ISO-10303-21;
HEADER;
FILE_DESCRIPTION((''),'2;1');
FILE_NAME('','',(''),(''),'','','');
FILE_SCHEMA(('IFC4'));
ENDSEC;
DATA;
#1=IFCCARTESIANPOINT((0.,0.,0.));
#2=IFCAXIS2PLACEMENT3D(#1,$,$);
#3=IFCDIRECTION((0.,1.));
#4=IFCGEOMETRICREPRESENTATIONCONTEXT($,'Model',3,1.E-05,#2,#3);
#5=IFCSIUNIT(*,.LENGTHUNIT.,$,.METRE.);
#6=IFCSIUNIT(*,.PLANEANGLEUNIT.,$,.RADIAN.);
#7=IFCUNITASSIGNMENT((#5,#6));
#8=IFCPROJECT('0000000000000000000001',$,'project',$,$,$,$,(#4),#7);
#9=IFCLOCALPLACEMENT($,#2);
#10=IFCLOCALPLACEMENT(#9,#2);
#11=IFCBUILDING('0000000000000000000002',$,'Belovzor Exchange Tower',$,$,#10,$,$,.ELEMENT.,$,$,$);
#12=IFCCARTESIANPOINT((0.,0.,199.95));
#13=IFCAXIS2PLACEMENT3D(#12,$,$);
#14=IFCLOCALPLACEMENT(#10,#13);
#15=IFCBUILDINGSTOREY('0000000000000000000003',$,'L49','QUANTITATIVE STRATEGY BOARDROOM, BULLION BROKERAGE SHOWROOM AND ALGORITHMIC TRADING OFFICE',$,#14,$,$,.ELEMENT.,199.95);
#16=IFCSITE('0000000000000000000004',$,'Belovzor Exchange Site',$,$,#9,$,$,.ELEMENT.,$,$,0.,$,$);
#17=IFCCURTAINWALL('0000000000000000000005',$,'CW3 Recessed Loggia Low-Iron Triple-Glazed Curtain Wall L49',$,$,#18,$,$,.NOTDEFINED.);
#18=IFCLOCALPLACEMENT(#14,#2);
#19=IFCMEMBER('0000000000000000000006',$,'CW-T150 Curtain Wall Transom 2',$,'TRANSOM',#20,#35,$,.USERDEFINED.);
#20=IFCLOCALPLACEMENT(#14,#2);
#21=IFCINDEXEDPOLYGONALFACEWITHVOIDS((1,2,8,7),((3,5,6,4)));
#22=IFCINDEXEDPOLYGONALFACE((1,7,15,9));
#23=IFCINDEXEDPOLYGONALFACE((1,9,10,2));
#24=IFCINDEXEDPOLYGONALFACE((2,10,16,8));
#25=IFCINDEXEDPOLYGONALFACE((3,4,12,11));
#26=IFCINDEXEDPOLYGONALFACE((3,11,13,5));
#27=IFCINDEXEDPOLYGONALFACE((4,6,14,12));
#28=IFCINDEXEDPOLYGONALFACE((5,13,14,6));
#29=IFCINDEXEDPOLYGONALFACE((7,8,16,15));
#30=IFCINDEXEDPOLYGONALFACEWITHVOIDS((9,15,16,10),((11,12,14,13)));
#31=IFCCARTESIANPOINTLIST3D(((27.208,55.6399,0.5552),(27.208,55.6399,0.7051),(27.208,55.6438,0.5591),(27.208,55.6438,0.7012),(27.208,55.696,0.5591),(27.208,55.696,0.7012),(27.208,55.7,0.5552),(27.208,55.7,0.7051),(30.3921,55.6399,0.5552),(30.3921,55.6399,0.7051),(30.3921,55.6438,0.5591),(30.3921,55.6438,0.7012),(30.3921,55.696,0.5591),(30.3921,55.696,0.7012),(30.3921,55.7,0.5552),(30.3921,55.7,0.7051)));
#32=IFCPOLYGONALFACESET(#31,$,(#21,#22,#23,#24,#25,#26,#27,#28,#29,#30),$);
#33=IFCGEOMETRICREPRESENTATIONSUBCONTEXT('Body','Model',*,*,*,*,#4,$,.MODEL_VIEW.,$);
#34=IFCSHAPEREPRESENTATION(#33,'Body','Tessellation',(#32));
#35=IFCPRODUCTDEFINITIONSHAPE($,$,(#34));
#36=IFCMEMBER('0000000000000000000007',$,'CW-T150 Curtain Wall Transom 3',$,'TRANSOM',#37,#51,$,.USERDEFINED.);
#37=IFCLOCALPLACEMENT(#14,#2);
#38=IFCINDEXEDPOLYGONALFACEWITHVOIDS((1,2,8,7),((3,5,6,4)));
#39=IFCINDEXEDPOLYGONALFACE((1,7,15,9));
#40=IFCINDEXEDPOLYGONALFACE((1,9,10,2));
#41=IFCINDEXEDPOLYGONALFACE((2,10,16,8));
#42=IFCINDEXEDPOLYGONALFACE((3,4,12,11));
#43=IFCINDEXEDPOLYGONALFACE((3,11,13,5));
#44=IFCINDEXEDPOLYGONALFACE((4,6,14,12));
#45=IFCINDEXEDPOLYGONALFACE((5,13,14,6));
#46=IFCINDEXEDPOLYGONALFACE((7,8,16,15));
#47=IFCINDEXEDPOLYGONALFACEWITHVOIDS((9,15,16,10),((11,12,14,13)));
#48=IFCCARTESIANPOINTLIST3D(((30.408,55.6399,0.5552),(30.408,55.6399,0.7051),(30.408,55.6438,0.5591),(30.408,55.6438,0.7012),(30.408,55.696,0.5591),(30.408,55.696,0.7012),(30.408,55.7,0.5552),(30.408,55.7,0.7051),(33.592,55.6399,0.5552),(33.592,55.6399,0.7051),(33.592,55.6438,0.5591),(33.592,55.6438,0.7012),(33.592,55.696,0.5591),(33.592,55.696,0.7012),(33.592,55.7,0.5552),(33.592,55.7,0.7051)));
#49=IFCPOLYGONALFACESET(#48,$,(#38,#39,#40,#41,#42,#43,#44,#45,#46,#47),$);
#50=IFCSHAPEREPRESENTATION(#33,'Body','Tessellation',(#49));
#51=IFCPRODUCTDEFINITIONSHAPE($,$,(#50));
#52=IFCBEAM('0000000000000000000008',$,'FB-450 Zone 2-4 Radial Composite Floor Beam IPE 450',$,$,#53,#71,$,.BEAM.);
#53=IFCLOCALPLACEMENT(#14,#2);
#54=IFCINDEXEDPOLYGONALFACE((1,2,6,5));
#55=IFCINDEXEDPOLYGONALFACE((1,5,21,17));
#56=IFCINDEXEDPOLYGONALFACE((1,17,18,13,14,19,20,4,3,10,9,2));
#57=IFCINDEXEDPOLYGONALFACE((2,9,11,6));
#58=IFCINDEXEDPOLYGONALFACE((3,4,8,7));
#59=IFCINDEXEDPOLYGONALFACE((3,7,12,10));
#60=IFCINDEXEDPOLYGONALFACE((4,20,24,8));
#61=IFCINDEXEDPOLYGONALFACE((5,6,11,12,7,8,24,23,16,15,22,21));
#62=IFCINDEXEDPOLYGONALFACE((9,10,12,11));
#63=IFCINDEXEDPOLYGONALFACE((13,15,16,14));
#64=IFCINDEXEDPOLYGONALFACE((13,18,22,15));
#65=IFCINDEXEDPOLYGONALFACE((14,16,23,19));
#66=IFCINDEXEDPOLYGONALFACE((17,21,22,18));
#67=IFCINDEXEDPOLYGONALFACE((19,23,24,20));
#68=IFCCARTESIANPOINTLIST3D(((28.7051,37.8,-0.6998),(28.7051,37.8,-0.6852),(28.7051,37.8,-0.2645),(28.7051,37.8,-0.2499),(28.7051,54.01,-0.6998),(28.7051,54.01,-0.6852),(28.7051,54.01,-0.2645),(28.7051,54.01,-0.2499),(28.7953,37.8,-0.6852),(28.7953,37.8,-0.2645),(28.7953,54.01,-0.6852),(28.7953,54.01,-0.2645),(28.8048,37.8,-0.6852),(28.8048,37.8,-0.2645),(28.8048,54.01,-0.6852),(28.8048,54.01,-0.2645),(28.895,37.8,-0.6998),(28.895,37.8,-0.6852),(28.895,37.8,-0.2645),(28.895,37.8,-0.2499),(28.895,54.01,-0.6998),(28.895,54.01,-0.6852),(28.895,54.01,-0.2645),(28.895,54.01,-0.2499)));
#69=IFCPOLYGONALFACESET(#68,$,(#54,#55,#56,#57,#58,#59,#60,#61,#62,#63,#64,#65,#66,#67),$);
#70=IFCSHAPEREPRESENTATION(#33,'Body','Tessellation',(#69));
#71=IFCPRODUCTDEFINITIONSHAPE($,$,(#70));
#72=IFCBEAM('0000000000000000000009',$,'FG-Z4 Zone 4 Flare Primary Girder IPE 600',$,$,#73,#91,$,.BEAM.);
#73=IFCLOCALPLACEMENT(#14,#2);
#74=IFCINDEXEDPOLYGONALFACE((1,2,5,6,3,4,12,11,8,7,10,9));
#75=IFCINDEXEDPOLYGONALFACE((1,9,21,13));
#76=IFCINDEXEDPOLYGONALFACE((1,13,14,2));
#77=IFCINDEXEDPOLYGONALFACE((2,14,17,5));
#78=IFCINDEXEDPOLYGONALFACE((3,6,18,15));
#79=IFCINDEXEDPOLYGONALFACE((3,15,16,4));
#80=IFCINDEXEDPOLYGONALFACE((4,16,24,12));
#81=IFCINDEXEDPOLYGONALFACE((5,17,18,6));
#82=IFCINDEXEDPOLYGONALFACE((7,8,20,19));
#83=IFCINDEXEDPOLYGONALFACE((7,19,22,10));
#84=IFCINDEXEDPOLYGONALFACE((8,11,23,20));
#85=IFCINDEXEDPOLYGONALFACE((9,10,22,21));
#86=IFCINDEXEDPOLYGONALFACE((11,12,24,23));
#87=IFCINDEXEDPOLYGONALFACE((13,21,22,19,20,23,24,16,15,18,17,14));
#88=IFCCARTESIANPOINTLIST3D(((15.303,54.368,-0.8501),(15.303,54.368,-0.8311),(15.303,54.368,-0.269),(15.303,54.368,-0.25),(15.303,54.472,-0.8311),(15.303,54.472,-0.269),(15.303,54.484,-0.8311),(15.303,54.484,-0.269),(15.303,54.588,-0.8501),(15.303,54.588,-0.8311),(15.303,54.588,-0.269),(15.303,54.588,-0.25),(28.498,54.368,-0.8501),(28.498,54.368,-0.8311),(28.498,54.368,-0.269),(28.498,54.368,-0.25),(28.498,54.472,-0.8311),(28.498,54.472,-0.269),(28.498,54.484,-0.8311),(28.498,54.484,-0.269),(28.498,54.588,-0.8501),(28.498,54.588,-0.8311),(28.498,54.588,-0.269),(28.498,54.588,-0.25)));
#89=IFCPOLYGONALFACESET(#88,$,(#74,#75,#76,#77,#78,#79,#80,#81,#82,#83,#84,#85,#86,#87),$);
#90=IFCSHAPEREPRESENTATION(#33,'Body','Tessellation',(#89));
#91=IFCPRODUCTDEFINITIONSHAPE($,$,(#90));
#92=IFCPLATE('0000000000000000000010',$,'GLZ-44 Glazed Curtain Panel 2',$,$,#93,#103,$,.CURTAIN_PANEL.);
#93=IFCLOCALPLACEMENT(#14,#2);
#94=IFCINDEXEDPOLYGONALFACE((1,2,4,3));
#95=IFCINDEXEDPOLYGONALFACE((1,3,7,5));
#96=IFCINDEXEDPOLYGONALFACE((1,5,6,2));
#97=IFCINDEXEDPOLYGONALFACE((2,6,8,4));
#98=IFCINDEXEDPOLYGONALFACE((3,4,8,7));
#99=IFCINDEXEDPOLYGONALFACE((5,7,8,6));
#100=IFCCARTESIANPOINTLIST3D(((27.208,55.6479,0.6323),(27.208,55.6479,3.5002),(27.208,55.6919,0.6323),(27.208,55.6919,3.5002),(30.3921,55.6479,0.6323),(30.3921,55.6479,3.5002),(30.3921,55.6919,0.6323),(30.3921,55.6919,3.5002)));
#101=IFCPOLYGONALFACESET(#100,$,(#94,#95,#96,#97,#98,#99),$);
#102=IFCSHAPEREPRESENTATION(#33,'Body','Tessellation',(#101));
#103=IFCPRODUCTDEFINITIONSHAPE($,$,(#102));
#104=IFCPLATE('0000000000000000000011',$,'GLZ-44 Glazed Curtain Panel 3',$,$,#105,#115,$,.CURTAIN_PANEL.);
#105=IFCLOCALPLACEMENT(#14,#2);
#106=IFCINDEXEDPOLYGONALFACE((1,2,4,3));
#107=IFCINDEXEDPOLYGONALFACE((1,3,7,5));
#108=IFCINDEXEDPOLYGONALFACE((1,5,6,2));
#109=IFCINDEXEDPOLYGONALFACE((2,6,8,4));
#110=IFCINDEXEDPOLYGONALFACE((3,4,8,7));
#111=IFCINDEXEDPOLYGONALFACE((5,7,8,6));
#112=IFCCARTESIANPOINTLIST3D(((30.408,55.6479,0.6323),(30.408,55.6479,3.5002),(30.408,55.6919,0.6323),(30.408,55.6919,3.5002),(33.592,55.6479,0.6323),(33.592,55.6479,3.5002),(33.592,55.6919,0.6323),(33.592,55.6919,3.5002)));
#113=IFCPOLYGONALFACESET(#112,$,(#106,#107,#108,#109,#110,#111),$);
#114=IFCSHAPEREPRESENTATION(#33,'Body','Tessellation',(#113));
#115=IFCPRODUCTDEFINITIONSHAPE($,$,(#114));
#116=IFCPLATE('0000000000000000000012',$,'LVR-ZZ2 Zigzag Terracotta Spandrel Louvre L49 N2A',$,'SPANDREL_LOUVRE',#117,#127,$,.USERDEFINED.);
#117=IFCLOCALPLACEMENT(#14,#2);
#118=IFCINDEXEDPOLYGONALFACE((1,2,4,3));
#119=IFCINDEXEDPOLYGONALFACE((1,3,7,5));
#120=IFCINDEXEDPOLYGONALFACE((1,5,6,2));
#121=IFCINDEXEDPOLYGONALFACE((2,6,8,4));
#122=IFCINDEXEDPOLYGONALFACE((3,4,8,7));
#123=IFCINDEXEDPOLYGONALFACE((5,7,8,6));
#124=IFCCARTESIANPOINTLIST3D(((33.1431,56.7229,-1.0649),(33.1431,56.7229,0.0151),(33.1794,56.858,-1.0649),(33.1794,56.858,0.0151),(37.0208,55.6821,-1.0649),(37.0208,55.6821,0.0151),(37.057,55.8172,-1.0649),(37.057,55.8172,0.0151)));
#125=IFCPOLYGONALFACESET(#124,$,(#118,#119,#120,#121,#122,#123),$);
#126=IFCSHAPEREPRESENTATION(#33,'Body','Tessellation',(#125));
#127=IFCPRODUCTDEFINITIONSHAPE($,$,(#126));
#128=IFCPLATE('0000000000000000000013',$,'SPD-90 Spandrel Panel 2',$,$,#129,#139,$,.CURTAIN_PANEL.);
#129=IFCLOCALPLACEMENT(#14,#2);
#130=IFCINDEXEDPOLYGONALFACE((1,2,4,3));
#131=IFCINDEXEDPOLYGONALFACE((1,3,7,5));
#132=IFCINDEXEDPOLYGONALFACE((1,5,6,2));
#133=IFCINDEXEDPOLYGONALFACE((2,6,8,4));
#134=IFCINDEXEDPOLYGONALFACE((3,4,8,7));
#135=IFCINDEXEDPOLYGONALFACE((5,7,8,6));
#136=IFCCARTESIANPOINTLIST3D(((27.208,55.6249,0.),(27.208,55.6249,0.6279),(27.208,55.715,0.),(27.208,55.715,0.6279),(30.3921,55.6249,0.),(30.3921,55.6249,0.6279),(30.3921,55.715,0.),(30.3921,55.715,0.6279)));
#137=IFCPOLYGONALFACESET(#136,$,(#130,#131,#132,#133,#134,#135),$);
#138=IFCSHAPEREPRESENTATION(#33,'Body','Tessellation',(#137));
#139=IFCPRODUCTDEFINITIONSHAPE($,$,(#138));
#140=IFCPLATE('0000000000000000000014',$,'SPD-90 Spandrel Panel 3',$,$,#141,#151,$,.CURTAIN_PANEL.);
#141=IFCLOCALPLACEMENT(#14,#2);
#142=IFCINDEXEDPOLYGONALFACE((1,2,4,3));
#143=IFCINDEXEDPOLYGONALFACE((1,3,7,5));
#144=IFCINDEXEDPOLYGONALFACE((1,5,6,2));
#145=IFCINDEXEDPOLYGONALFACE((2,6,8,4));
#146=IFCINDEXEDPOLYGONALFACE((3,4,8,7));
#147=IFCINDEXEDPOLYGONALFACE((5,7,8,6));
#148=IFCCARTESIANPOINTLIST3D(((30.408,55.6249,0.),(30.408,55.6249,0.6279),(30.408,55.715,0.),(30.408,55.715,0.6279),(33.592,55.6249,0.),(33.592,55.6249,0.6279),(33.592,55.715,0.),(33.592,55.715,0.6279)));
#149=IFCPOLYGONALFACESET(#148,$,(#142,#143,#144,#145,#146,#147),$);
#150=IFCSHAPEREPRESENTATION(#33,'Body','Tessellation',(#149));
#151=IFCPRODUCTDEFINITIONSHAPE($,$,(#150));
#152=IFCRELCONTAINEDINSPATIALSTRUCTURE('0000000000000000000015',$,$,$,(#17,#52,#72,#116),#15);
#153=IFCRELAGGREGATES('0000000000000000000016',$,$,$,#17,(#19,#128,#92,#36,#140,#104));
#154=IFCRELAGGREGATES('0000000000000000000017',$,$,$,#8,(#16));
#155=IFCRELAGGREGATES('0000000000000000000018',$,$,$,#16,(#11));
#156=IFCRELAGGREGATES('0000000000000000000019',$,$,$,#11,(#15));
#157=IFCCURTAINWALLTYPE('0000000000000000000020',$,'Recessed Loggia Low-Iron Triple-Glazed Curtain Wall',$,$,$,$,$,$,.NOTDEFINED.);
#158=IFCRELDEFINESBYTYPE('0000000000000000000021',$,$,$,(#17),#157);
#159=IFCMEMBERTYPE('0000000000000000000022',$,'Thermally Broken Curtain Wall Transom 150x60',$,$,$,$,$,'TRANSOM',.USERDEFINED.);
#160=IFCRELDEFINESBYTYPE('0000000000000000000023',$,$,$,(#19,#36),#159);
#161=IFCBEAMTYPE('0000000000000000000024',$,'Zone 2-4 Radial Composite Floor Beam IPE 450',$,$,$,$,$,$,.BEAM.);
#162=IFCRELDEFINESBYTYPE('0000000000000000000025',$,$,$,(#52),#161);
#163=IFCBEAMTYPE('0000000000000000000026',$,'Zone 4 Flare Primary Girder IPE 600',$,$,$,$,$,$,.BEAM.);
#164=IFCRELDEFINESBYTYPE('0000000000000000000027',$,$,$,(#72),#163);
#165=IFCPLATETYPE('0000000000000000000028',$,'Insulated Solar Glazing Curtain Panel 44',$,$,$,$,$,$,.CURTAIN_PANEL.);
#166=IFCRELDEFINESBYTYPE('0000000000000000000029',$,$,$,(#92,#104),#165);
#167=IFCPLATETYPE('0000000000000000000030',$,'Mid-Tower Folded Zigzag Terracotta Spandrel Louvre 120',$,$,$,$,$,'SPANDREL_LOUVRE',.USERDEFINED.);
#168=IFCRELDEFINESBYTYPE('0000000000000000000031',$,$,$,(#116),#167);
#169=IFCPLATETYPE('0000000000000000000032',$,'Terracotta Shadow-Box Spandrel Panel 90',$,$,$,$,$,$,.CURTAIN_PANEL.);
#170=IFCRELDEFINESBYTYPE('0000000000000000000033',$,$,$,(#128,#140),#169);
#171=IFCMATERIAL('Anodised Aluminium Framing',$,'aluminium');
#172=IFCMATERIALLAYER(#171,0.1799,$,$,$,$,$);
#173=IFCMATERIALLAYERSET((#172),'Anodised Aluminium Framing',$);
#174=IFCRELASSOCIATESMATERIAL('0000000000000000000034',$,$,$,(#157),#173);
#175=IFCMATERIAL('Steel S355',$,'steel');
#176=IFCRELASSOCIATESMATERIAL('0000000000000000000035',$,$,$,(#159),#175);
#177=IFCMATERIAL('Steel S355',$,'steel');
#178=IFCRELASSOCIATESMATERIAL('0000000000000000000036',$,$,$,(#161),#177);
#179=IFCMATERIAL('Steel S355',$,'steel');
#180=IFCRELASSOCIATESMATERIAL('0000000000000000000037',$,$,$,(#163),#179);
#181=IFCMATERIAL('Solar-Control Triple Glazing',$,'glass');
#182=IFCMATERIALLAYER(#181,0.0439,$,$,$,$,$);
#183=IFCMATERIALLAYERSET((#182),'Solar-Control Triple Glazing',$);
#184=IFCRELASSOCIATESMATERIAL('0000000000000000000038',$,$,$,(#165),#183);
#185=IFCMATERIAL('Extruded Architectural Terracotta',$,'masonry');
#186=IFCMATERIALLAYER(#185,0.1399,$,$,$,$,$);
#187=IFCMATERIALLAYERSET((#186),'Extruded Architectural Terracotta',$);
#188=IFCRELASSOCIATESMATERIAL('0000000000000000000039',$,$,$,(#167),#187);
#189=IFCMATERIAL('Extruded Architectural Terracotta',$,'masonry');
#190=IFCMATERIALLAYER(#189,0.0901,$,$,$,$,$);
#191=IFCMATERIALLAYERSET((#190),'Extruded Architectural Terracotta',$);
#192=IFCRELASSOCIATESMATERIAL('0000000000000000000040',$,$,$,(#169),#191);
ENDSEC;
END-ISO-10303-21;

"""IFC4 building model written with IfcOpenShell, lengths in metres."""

from ifc_helpers import new_model, si_unit, direction, frame, origin, origin_2d, place, context, subcontext, project, spatial, rectangle, hollow_rectangle, i_section, extrude, material, layer, layer_set, material_profile, profile_set, type_object, element, aggregate, save


model = new_model("IFC4")

# Units and contexts
model_context = context("Model", 3, precision=1e-05, world=origin(), true_north=direction((0.0, 1.0)))
body_context = subcontext(model_context, "Body", "Model", "MODEL_VIEW")
ifc_project = project(units=[si_unit("LENGTHUNIT", "METRE"), si_unit("PLANEANGLEUNIT", "RADIAN")], contexts=[model_context])

# Site, building, storey
site_placement = place(None, origin())
site = spatial("IfcSite", under=ifc_project, at=site_placement, Name="Belovzor Exchange Site", CompositionType="ELEMENT", RefElevation=0.0)
building_placement = place(site_placement, origin())
building = spatial("IfcBuilding", under=site, at=building_placement, Name="Belovzor Exchange Tower", CompositionType="ELEMENT")
storey_placement = place(building_placement, frame((0.0, 0.0, 199.95)))
storey = spatial("IfcBuildingStorey", under=building, at=storey_placement, Name="L49", Description="QUANTITATIVE STRATEGY BOARDROOM, BULLION BROKERAGE SHOWROOM AND ALGORITHMIC TRADING OFFICE", CompositionType="ELEMENT", Elevation=199.95)

# Curtain wall, members
ifc_material_1 = material(Name="Anodised Aluminium Framing", Category="aluminium")
ifc_layer_1 = layer(ifc_material_1, 0.1799)
ifc_layer_set_1 = layer_set([ifc_layer_1], Name="Anodised Aluminium Framing")
curtain_wall_type = type_object("IfcCurtainWallType", Name="Recessed Loggia Low-Iron Triple-Glazed Curtain Wall", PredefinedType="NOTDEFINED", material=ifc_layer_set_1)
curtain_wall_placement = place(storey_placement, origin())
curtain_wall = element("IfcCurtainWall", 1, at=curtain_wall_placement, inside=storey, type_object=curtain_wall_type, Name="CW3 Recessed Loggia Low-Iron Triple-Glazed Curtain Wall L49", PredefinedType="NOTDEFINED")
ifc_material_2 = material(Name="Steel S355", Category="steel")
ifc_material_profile_1 = material_profile(ifc_material_2, hollow_rectangle(XDim=0.0601, YDim=0.1499, WallThickness=0.0039, at=origin_2d()))
ifc_profile_set_1 = profile_set([ifc_material_profile_1], Name="Steel S355")
member_type_1 = type_object("IfcMemberType", Name="Thermally Broken Curtain Wall Transom 150x60", ElementType="TRANSOM", PredefinedType="USERDEFINED", material=ifc_profile_set_1)
member_1_placement = place(storey_placement, frame((27.208, 55.6699, 0.6301), z_axis=(1.0, 0.0, 0.0), x_axis=(0.0, 1.0, 0.0)))
member_1 = element("IfcMember", 2, at=member_1_placement, type_object=member_type_1, Name="CW-T150 Curtain Wall Transom 2", ObjectType="TRANSOM", PredefinedType="USERDEFINED", context=body_context, shape_type="SweptSolid", body=[
    extrude(hollow_rectangle(XDim=0.0601, YDim=0.1499, WallThickness=0.0039, at=origin_2d()), origin(), (0.0, 0.0, 1.0), 3.1841),
])
member_2_placement = place(storey_placement, frame((30.408, 55.6699, 0.6301), z_axis=(1.0, 0.0, 0.0), x_axis=(0.0, 1.0, 0.0)))
member_2 = element("IfcMember", 3, at=member_2_placement, type_object=member_type_1, Name="CW-T150 Curtain Wall Transom 3", ObjectType="TRANSOM", PredefinedType="USERDEFINED", context=body_context, shape_type="SweptSolid", body=[
    extrude(hollow_rectangle(XDim=0.0601, YDim=0.1499, WallThickness=0.0039, at=origin_2d()), origin(), (0.0, 0.0, 1.0), 3.1841),
])

# Beams
ifc_material_3 = material(Name="Steel S355", Category="steel")
ifc_material_profile_2 = material_profile(ifc_material_3, i_section(OverallWidth=0.1899, OverallDepth=0.45, WebThickness=0.0095, FlangeThickness=0.0146, at=origin_2d()))
ifc_profile_set_2 = profile_set([ifc_material_profile_2], Name="Steel S355")
beam_type_1 = type_object("IfcBeamType", Name="Zone 2-4 Radial Composite Floor Beam IPE 450", PredefinedType="BEAM", material=ifc_profile_set_2)
beam_1_placement = place(storey_placement, frame((28.8, 37.8, -0.4749), z_axis=(0.0, 1.0, 0.0), x_axis=(-1.0, 0.0, 0.0)))
element("IfcBeam", 4, at=beam_1_placement, inside=storey, type_object=beam_type_1, Name="FB-450 Zone 2-4 Radial Composite Floor Beam IPE 450", PredefinedType="BEAM", context=body_context, shape_type="SweptSolid", body=[
    extrude(i_section(OverallWidth=0.1899, OverallDepth=0.45, WebThickness=0.0095, FlangeThickness=0.0146, at=origin_2d()), origin(), (0.0, 0.0, 1.0), 16.21),
])
ifc_material_4 = material(Name="Steel S355", Category="steel")
ifc_material_profile_3 = material_profile(ifc_material_4, i_section(OverallWidth=0.22, OverallDepth=0.6001, WebThickness=0.012, FlangeThickness=0.019, at=origin_2d()))
ifc_profile_set_3 = profile_set([ifc_material_profile_3], Name="Steel S355")
beam_type_2 = type_object("IfcBeamType", Name="Zone 4 Flare Primary Girder IPE 600", PredefinedType="BEAM", material=ifc_profile_set_3)
beam_2_placement = place(storey_placement, frame((28.498, 54.478, -0.55), z_axis=(-1.0, 0.0, 0.0), x_axis=(0.0, -1.0, 0.0)))
element("IfcBeam", 5, at=beam_2_placement, inside=storey, type_object=beam_type_2, Name="FG-Z4 Zone 4 Flare Primary Girder IPE 600", PredefinedType="BEAM", context=body_context, shape_type="SweptSolid", body=[
    extrude(i_section(OverallWidth=0.22, OverallDepth=0.6001, WebThickness=0.012, FlangeThickness=0.019, at=origin_2d()), origin(), (0.0, 0.0, 1.0), 13.1951),
])

# Plates
ifc_material_5 = material(Name="Solar-Control Triple Glazing", Category="glass")
ifc_layer_2 = layer(ifc_material_5, 0.0439)
ifc_layer_set_2 = layer_set([ifc_layer_2], Name="Solar-Control Triple Glazing")
plate_type_1 = type_object("IfcPlateType", Name="Insulated Solar Glazing Curtain Panel 44", PredefinedType="CURTAIN_PANEL", material=ifc_layer_set_2)
plate_1_placement = place(storey_placement, frame((28.8, 55.6699, 0.6323), z_axis=(0.0, 0.0, 1.0), x_axis=(1.0, 0.0, 0.0)))
plate_1 = element("IfcPlate", 6, at=plate_1_placement, type_object=plate_type_1, Name="GLZ-44 Glazed Curtain Panel 2", PredefinedType="CURTAIN_PANEL", context=body_context, shape_type="SweptSolid", body=[
    extrude(rectangle(XDim=3.1841, YDim=0.0439, at=origin_2d()), origin(), (0.0, 0.0, 1.0), 2.8679),
])
plate_2_placement = place(storey_placement, frame((32.0, 55.6699, 0.6323), z_axis=(0.0, 0.0, 1.0), x_axis=(1.0, 0.0, 0.0)))
plate_2 = element("IfcPlate", 7, at=plate_2_placement, type_object=plate_type_1, Name="GLZ-44 Glazed Curtain Panel 3", PredefinedType="CURTAIN_PANEL", context=body_context, shape_type="SweptSolid", body=[
    extrude(rectangle(XDim=3.1841, YDim=0.0439, at=origin_2d()), origin(), (0.0, 0.0, 1.0), 2.8679),
])
ifc_material_6 = material(Name="Extruded Architectural Terracotta", Category="masonry")
ifc_layer_3 = layer(ifc_material_6, 0.1399)
ifc_layer_set_3 = layer_set([ifc_layer_3], Name="Extruded Architectural Terracotta")
plate_type_2 = type_object("IfcPlateType", Name="Mid-Tower Folded Zigzag Terracotta Spandrel Louvre 120", ElementType="SPANDREL_LOUVRE", PredefinedType="USERDEFINED", material=ifc_layer_set_3)
plate_3_placement = place(storey_placement, frame((35.1001, 56.27, -1.0649), z_axis=(0.0, 0.0, 1.0), x_axis=(0.965813, -0.25924, 0.0)))
element("IfcPlate", 8, at=plate_3_placement, inside=storey, type_object=plate_type_2, Name="LVR-ZZ2 Zigzag Terracotta Spandrel Louvre L49 N2A", ObjectType="SPANDREL_LOUVRE", PredefinedType="USERDEFINED", context=body_context, shape_type="SweptSolid", body=[
    extrude(rectangle(XDim=4.0149, YDim=0.1399, at=origin_2d()), origin(), (0.0, 0.0, 1.0), 1.0801),
])
ifc_material_7 = material(Name="Extruded Architectural Terracotta", Category="masonry")
ifc_layer_4 = layer(ifc_material_7, 0.0901)
ifc_layer_set_4 = layer_set([ifc_layer_4], Name="Extruded Architectural Terracotta")
plate_type_3 = type_object("IfcPlateType", Name="Terracotta Shadow-Box Spandrel Panel 90", PredefinedType="CURTAIN_PANEL", material=ifc_layer_set_4)
plate_4_placement = place(storey_placement, frame((28.8, 55.6699, 0.0), z_axis=(0.0, 0.0, 1.0), x_axis=(1.0, 0.0, 0.0)))
plate_4 = element("IfcPlate", 9, at=plate_4_placement, type_object=plate_type_3, Name="SPD-90 Spandrel Panel 2", PredefinedType="CURTAIN_PANEL", context=body_context, shape_type="SweptSolid", body=[
    extrude(rectangle(XDim=3.1841, YDim=0.0901, at=origin_2d()), origin(), (0.0, 0.0, 1.0), 0.6279),
])
plate_5_placement = place(storey_placement, frame((32.0, 55.6699, 0.0), z_axis=(0.0, 0.0, 1.0), x_axis=(1.0, 0.0, 0.0)))
plate_5 = element("IfcPlate", 10, at=plate_5_placement, type_object=plate_type_3, Name="SPD-90 Spandrel Panel 3", PredefinedType="CURTAIN_PANEL", context=body_context, shape_type="SweptSolid", body=[
    extrude(rectangle(XDim=3.1841, YDim=0.0901, at=origin_2d()), origin(), (0.0, 0.0, 1.0), 0.6279),
])
aggregate(curtain_wall, [member_1, plate_4, plate_1, member_2, plate_5, plate_2])

save(model, "model.ifc")
